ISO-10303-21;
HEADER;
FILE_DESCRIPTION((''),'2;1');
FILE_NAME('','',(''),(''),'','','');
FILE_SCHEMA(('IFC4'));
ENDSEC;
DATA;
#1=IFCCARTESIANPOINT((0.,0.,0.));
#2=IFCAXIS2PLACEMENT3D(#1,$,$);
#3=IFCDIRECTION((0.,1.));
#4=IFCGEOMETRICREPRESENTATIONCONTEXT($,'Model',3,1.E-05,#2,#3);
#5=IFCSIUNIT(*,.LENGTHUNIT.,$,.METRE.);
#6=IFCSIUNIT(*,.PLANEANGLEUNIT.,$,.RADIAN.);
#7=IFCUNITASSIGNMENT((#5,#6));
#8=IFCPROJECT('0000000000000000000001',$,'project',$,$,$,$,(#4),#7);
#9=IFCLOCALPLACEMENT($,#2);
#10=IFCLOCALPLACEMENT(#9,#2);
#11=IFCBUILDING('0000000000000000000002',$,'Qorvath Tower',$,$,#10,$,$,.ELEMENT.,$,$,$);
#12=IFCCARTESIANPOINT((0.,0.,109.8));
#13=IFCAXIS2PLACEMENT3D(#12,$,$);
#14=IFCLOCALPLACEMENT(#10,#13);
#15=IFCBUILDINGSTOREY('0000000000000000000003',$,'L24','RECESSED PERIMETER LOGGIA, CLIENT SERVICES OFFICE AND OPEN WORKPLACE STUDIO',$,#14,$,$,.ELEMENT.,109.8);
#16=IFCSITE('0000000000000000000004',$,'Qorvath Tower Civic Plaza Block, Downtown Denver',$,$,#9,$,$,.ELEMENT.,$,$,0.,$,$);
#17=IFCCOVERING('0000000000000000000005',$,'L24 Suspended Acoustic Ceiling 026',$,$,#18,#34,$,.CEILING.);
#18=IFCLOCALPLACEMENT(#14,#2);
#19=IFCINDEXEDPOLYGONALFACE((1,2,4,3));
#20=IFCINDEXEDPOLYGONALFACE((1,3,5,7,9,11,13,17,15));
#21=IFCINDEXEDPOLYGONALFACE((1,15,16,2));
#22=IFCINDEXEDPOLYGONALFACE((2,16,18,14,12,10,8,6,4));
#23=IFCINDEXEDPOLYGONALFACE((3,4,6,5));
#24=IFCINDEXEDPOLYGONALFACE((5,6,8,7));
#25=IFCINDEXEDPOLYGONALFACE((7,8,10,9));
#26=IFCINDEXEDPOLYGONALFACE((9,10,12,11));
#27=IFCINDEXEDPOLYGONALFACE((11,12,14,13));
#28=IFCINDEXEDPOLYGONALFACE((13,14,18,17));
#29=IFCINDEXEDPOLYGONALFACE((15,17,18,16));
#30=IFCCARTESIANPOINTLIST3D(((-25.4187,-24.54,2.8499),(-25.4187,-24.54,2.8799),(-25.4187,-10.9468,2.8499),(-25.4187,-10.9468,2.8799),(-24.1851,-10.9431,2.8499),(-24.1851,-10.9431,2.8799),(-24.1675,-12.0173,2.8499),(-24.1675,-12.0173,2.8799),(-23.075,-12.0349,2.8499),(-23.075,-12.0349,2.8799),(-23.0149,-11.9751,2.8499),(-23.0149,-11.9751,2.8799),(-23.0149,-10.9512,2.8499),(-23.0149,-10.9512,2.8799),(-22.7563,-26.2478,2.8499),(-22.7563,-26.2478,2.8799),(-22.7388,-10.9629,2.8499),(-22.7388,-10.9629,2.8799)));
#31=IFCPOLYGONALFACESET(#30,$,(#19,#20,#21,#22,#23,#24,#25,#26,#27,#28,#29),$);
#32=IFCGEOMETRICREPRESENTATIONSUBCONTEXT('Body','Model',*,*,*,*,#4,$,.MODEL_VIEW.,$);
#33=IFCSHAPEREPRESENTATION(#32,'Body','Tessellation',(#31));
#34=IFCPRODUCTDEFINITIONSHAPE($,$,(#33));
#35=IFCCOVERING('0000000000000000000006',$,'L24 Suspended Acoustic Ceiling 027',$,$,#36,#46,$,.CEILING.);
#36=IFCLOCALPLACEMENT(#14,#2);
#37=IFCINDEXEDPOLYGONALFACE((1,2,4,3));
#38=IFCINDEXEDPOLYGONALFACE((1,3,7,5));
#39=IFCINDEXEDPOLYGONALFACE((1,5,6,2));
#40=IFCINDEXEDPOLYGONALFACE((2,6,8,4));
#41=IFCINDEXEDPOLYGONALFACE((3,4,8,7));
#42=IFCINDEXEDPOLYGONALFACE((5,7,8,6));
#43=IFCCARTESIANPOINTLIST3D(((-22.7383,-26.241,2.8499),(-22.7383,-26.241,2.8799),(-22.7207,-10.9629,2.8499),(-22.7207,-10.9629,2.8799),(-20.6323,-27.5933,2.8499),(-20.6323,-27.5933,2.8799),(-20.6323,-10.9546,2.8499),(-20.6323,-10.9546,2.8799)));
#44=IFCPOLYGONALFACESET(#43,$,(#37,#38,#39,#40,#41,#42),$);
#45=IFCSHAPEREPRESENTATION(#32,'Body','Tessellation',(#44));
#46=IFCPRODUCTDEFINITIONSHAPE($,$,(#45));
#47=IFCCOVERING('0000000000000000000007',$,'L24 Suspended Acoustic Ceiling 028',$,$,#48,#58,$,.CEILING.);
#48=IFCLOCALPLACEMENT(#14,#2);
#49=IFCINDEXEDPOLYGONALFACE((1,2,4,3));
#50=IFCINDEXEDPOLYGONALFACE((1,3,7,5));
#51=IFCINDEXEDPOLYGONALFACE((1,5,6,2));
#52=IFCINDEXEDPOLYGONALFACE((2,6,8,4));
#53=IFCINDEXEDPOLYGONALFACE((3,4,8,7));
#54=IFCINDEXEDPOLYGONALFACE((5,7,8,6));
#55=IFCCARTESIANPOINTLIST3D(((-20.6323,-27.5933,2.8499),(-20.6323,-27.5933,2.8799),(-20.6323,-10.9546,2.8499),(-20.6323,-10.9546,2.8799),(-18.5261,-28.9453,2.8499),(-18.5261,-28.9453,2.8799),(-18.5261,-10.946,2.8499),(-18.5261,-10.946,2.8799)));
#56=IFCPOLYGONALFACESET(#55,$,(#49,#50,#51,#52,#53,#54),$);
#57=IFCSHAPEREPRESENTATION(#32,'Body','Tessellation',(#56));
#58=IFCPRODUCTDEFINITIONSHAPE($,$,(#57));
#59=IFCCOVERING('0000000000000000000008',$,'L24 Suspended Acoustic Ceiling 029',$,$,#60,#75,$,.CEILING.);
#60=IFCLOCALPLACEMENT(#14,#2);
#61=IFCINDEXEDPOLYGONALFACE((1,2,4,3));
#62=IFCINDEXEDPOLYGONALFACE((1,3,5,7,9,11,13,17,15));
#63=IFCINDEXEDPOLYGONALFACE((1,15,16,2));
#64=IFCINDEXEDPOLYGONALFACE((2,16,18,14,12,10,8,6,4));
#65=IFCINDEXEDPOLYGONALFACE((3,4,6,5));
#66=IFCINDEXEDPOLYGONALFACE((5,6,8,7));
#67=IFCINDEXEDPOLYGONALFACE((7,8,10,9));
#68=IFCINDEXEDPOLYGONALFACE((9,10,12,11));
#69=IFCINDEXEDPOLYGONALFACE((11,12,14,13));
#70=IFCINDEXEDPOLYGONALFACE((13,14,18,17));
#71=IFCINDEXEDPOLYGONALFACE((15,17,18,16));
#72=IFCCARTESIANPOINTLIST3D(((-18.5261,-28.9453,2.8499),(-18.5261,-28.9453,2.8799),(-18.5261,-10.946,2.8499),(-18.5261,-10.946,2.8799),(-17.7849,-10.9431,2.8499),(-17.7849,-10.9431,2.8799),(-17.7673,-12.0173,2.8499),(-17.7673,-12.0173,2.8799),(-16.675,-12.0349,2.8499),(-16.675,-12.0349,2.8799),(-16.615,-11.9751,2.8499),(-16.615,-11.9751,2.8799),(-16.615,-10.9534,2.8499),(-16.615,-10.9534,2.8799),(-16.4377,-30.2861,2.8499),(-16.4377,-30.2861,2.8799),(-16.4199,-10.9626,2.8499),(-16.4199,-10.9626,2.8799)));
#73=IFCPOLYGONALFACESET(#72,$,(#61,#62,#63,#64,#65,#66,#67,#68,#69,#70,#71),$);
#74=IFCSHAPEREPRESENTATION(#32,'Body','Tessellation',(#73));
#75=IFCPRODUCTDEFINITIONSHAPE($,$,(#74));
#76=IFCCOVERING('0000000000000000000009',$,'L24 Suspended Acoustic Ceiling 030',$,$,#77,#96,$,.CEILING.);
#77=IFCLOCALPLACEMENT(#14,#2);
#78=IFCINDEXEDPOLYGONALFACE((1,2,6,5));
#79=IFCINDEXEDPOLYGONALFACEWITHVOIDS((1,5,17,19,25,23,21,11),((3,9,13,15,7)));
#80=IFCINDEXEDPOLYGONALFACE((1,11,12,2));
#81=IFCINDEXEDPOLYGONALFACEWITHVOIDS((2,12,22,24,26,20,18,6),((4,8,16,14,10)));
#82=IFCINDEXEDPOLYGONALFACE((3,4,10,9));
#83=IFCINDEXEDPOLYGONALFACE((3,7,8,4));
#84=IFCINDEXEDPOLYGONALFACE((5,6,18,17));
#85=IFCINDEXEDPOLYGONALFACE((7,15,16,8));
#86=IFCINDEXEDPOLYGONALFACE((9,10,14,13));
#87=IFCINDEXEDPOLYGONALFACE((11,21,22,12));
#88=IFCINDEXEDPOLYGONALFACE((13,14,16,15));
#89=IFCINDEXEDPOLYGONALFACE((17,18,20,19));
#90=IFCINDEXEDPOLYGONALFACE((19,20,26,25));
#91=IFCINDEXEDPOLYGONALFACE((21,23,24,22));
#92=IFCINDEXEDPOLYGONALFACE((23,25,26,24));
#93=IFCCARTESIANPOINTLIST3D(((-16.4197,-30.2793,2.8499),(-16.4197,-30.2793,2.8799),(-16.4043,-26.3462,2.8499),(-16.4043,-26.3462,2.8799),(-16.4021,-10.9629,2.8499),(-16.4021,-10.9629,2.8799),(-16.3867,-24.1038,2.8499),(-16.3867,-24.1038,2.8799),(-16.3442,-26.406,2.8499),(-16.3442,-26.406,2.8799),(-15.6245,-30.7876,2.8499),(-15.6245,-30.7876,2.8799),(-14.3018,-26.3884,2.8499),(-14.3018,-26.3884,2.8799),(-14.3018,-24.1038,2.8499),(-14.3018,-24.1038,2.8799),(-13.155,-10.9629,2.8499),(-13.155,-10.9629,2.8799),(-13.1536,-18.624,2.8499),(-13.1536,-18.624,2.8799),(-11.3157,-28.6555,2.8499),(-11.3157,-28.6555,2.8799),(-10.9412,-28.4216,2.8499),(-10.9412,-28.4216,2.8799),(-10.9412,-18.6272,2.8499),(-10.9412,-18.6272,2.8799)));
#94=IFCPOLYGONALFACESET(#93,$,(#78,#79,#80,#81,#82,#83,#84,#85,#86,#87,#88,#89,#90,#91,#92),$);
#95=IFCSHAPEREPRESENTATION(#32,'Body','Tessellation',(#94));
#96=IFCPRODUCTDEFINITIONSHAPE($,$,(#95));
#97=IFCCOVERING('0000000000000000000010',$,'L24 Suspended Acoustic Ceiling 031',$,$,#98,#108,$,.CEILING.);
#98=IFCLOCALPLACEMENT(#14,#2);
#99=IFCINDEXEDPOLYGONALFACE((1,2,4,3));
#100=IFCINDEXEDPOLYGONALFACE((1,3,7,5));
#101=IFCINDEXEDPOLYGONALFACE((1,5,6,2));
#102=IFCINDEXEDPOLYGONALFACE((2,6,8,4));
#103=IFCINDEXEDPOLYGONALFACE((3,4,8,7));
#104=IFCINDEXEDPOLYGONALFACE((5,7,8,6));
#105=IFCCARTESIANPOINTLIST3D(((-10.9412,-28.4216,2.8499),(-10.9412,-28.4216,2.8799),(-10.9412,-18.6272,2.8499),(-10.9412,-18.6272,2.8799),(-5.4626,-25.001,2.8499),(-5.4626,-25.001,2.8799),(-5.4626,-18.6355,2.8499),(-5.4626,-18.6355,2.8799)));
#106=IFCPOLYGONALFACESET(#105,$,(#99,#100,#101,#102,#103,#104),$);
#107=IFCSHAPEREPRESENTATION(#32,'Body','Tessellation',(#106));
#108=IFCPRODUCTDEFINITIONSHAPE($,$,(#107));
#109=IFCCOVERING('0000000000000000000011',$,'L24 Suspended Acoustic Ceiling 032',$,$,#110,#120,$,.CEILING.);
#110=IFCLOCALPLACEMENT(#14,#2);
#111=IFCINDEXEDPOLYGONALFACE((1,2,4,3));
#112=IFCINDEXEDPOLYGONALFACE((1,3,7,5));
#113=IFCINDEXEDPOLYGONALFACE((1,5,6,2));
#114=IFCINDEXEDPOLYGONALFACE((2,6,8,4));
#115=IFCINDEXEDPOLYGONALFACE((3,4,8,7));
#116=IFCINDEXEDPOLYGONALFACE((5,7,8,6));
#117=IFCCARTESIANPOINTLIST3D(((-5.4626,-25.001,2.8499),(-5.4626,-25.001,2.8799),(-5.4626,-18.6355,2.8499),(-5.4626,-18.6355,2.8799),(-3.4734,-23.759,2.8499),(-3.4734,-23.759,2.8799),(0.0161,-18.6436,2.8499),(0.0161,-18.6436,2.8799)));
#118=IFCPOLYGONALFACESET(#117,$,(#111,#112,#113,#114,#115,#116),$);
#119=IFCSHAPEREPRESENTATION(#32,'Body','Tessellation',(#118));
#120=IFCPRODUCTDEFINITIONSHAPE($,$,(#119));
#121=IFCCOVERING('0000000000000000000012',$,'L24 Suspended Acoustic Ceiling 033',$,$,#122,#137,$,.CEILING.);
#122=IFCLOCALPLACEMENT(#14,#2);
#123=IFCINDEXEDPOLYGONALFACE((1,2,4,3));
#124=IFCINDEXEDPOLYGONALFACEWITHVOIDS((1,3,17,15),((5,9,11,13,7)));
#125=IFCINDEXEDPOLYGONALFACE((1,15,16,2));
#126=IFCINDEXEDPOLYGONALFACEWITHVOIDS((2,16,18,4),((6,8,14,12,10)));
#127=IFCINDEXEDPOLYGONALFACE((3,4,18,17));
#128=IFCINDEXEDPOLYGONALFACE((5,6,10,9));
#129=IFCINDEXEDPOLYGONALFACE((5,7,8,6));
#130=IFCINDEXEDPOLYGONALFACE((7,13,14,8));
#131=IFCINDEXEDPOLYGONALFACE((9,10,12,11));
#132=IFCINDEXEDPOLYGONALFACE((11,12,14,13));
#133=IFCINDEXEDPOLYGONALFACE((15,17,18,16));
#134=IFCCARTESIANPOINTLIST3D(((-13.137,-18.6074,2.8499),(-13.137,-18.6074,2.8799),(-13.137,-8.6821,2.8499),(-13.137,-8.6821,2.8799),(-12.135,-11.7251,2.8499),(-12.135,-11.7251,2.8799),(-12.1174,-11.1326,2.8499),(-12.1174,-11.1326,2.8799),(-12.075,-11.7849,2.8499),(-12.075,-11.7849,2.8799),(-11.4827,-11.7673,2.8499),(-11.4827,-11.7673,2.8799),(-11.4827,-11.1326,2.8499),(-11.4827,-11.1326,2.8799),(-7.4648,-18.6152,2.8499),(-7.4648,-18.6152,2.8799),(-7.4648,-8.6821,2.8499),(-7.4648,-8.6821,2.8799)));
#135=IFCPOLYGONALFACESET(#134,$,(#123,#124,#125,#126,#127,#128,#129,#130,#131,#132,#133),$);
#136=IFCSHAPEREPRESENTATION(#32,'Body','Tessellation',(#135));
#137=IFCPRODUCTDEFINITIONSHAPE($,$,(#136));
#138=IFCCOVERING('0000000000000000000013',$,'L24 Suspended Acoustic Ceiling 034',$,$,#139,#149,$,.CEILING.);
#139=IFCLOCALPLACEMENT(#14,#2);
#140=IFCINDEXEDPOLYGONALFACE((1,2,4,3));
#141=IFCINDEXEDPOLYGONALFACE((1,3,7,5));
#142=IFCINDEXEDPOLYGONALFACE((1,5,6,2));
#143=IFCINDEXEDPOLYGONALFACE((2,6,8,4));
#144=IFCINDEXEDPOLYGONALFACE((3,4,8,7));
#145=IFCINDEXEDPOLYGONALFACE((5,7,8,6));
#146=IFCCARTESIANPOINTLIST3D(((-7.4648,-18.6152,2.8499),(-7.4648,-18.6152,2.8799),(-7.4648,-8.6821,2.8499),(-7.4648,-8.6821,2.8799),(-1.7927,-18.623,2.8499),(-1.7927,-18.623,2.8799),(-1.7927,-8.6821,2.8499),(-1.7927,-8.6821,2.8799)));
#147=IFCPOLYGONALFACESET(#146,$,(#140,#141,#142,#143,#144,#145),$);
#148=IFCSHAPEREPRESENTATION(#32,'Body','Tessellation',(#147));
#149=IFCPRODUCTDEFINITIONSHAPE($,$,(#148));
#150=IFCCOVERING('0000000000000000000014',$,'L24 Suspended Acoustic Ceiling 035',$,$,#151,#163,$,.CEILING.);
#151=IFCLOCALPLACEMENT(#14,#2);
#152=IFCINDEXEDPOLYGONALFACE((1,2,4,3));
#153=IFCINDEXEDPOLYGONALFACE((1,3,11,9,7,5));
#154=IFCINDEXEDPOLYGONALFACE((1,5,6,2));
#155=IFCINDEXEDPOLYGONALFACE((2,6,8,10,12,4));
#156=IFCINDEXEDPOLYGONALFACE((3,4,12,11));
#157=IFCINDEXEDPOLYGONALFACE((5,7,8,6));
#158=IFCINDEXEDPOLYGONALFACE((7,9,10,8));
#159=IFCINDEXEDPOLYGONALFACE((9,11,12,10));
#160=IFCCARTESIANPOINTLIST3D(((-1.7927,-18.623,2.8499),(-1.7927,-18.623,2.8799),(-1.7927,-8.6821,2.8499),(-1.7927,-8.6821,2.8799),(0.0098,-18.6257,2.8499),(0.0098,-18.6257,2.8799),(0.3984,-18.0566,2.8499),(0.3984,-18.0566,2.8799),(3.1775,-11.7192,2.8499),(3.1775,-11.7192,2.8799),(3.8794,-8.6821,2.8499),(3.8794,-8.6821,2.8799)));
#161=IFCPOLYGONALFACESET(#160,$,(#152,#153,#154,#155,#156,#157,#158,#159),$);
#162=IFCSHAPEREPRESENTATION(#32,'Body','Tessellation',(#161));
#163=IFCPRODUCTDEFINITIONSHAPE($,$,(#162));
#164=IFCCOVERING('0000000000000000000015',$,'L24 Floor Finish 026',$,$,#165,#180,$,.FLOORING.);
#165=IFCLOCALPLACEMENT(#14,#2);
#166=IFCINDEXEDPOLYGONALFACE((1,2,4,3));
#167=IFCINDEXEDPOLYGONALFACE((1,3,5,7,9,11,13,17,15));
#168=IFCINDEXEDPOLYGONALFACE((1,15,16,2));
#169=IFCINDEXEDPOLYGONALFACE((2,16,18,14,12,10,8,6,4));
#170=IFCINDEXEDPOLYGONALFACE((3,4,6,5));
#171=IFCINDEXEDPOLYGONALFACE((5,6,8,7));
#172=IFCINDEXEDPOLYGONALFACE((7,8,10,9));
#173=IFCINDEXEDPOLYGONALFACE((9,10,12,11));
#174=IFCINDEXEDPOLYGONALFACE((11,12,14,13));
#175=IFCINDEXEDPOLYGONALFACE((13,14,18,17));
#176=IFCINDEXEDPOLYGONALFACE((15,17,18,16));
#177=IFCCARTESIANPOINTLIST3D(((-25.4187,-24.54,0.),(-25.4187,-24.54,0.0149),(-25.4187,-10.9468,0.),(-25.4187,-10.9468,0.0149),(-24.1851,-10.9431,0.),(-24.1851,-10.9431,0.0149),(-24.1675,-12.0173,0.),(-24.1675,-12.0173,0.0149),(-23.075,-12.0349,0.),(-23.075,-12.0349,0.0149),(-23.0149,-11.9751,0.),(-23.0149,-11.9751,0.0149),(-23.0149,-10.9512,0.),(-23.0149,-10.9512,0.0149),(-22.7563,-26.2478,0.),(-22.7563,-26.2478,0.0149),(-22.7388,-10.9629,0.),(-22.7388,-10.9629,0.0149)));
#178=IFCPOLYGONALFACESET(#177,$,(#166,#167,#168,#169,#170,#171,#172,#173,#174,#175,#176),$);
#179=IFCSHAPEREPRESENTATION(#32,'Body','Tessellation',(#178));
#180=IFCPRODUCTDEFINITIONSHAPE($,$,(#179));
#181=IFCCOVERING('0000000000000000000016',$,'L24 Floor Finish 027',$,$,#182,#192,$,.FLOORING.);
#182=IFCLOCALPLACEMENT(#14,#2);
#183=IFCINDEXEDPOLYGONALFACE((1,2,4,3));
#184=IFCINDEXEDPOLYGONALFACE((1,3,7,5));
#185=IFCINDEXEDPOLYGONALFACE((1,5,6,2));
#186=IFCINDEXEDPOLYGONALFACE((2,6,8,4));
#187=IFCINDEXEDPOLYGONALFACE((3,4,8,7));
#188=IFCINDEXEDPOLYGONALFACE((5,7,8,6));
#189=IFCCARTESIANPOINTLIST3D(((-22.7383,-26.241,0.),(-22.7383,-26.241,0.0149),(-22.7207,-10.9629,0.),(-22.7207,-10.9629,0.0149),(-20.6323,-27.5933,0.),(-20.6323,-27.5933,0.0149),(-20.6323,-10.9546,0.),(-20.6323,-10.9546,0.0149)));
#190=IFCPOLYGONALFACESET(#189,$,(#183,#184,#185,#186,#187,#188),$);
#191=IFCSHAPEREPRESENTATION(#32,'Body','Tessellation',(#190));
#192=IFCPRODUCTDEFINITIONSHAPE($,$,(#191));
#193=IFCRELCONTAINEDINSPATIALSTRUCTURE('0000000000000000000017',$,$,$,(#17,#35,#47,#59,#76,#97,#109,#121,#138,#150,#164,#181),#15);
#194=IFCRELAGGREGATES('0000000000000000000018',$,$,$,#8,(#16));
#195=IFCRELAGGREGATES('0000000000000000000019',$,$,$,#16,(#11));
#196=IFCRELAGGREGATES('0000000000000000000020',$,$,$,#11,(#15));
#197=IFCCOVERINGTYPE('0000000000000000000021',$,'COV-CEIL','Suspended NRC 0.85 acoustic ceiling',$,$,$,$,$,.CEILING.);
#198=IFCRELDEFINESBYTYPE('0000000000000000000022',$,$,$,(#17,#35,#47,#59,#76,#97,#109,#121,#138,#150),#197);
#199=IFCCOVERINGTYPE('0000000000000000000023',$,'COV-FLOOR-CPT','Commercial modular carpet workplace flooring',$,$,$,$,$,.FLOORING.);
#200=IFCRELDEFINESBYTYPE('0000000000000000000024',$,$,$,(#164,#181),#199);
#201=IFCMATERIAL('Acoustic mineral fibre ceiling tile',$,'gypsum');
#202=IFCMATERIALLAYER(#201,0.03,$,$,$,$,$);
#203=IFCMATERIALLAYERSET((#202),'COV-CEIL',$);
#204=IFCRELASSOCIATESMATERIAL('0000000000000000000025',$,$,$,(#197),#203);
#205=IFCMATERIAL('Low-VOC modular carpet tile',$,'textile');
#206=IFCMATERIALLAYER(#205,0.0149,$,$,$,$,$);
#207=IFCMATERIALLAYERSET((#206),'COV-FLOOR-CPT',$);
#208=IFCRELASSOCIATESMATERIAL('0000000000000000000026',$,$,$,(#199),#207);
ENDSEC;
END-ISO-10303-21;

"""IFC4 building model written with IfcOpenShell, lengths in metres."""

from ifc_helpers import new_model, si_unit, direction, frame, origin, place, context, subcontext, project, spatial, polyline, outline, extrude, material, layer, layer_set, type_object, element, save


model = new_model("IFC4")

# Units and contexts
model_context = context("Model", 3, precision=1e-05, world=origin(), true_north=direction((0.0, 1.0)))
body_context = subcontext(model_context, "Body", "Model", "MODEL_VIEW")
ifc_project = project(units=[si_unit("LENGTHUNIT", "METRE"), si_unit("PLANEANGLEUNIT", "RADIAN")], contexts=[model_context])

# Site, building, storey
site_placement = place(None, origin())
site = spatial("IfcSite", under=ifc_project, at=site_placement, Name="Qorvath Tower Civic Plaza Block, Downtown Denver", CompositionType="ELEMENT", RefElevation=0.0)
building_placement = place(site_placement, origin())
building = spatial("IfcBuilding", under=site, at=building_placement, Name="Qorvath Tower", CompositionType="ELEMENT")
storey_placement = place(building_placement, frame((0.0, 0.0, 109.8)))
storey = spatial("IfcBuildingStorey", under=building, at=storey_placement, Name="L24", Description="RECESSED PERIMETER LOGGIA, CLIENT SERVICES OFFICE AND OPEN WORKPLACE STUDIO", CompositionType="ELEMENT", Elevation=109.8)

# Coverings
ifc_material_1 = material(Name="Acoustic mineral fibre ceiling tile", Category="gypsum")
ifc_layer_1 = layer(ifc_material_1, 0.03)
ifc_layer_set_1 = layer_set([ifc_layer_1], Name="COV-CEIL")
covering_type_1 = type_object("IfcCoveringType", Name="COV-CEIL", Description="Suspended NRC 0.85 acoustic ceiling", PredefinedType="CEILING", material=ifc_layer_set_1)
covering_1_placement = place(storey_placement, frame((0.0, 0.0, 2.8499)))
element("IfcCovering", 1, at=covering_1_placement, inside=storey, type_object=covering_type_1, Name="L24 Suspended Acoustic Ceiling 026", PredefinedType="CEILING", context=body_context, shape_type="SweptSolid", body=[
    extrude(outline(polyline([(-22.7563, -26.2478), (-22.7388, -10.9629), (-23.0149, -10.9512), (-23.0149, -11.9751), (-23.075, -12.0349), (-24.1675, -12.0173), (-24.1851, -10.9431), (-25.4187, -10.9468), (-25.4187, -24.54), (-22.7563, -26.2478)])), origin(), (0.0, 0.0, 1.0), 0.03),
])
covering_2_placement = place(storey_placement, frame((0.0, 0.0, 2.8499)))
element("IfcCovering", 2, at=covering_2_placement, inside=storey, type_object=covering_type_1, Name="L24 Suspended Acoustic Ceiling 027", PredefinedType="CEILING", context=body_context, shape_type="SweptSolid", body=[
    extrude(outline(polyline([(-20.6323, -27.5933), (-20.6323, -10.9546), (-22.7207, -10.9629), (-22.7383, -26.241), (-20.6323, -27.5933)])), origin(), (0.0, 0.0, 1.0), 0.03),
])
covering_3_placement = place(storey_placement, frame((0.0, 0.0, 2.8499)))
element("IfcCovering", 3, at=covering_3_placement, inside=storey, type_object=covering_type_1, Name="L24 Suspended Acoustic Ceiling 028", PredefinedType="CEILING", context=body_context, shape_type="SweptSolid", body=[
    extrude(outline(polyline([(-18.5261, -28.9453), (-18.5261, -10.946), (-20.6323, -10.9546), (-20.6323, -27.5933), (-18.5261, -28.9453)])), origin(), (0.0, 0.0, 1.0), 0.03),
])
covering_4_placement = place(storey_placement, frame((0.0, 0.0, 2.8499)))
element("IfcCovering", 4, at=covering_4_placement, inside=storey, type_object=covering_type_1, Name="L24 Suspended Acoustic Ceiling 029", PredefinedType="CEILING", context=body_context, shape_type="SweptSolid", body=[
    extrude(outline(polyline([(-16.4377, -30.2861), (-16.4199, -10.9626), (-16.615, -10.9534), (-16.615, -11.9751), (-16.675, -12.0349), (-17.7673, -12.0173), (-17.7849, -10.9431), (-18.5261, -10.946), (-18.5261, -28.9453), (-16.4377, -30.2861)])), origin(), (0.0, 0.0, 1.0), 0.03),
])
covering_5_placement = place(storey_placement, frame((0.0, 0.0, 2.8499)))
element("IfcCovering", 5, at=covering_5_placement, inside=storey, type_object=covering_type_1, Name="L24 Suspended Acoustic Ceiling 030", PredefinedType="CEILING", context=body_context, shape_type="SweptSolid", body=[
    extrude(outline(polyline([(-16.4197, -30.2793), (-15.6245, -30.7876), (-11.3157, -28.6555), (-10.9412, -28.4216), (-10.9412, -18.6272), (-13.1536, -18.624), (-13.155, -10.9629), (-16.4021, -10.9629), (-16.4197, -30.2793)]), holes=[polyline([(-16.4043, -26.3462), (-16.3867, -24.1038), (-14.3018, -24.1038), (-14.3018, -26.3884), (-16.3442, -26.406), (-16.4043, -26.3462)])]), origin(), (0.0, 0.0, 1.0), 0.03),
])
covering_6_placement = place(storey_placement, frame((0.0, 0.0, 2.8499)))
element("IfcCovering", 6, at=covering_6_placement, inside=storey, type_object=covering_type_1, Name="L24 Suspended Acoustic Ceiling 031", PredefinedType="CEILING", context=body_context, shape_type="SweptSolid", body=[
    extrude(outline(polyline([(-10.9412, -18.6272), (-10.9412, -28.4216), (-5.4626, -25.001), (-5.4626, -18.6355), (-10.9412, -18.6272)])), origin(), (0.0, 0.0, 1.0), 0.03),
])
covering_7_placement = place(storey_placement, frame((0.0, 0.0, 2.8499)))
element("IfcCovering", 7, at=covering_7_placement, inside=storey, type_object=covering_type_1, Name="L24 Suspended Acoustic Ceiling 032", PredefinedType="CEILING", context=body_context, shape_type="SweptSolid", body=[
    extrude(outline(polyline([(-5.4626, -18.6355), (-5.4626, -25.001), (-3.4734, -23.759), (0.0161, -18.6436), (-5.4626, -18.6355)])), origin(), (0.0, 0.0, 1.0), 0.03),
])
covering_8_placement = place(storey_placement, frame((0.0, 0.0, 2.8499)))
element("IfcCovering", 8, at=covering_8_placement, inside=storey, type_object=covering_type_1, Name="L24 Suspended Acoustic Ceiling 033", PredefinedType="CEILING", context=body_context, shape_type="SweptSolid", body=[
    extrude(outline(polyline([(-13.137, -18.6074), (-7.4648, -18.6152), (-7.4648, -8.6821), (-13.137, -8.6821), (-13.137, -18.6074)]), holes=[polyline([(-12.135, -11.7251), (-12.1174, -11.1326), (-11.4827, -11.1326), (-11.4827, -11.7673), (-12.075, -11.7849), (-12.135, -11.7251)])]), origin(), (0.0, 0.0, 1.0), 0.03),
])
covering_9_placement = place(storey_placement, frame((0.0, 0.0, 2.8499)))
element("IfcCovering", 9, at=covering_9_placement, inside=storey, type_object=covering_type_1, Name="L24 Suspended Acoustic Ceiling 034", PredefinedType="CEILING", context=body_context, shape_type="SweptSolid", body=[
    extrude(outline(polyline([(-7.4648, -8.6821), (-7.4648, -18.6152), (-1.7927, -18.623), (-1.7927, -8.6821), (-7.4648, -8.6821)])), origin(), (0.0, 0.0, 1.0), 0.03),
])
covering_10_placement = place(storey_placement, frame((0.0, 0.0, 2.8499)))
element("IfcCovering", 10, at=covering_10_placement, inside=storey, type_object=covering_type_1, Name="L24 Suspended Acoustic Ceiling 035", PredefinedType="CEILING", context=body_context, shape_type="SweptSolid", body=[
    extrude(outline(polyline([(-1.7927, -8.6821), (-1.7927, -18.623), (0.0098, -18.6257), (0.3984, -18.0566), (3.1775, -11.7192), (3.8794, -8.6821), (-1.7927, -8.6821)])), origin(), (0.0, 0.0, 1.0), 0.03),
])
ifc_material_2 = material(Name="Low-VOC modular carpet tile", Category="textile")
ifc_layer_2 = layer(ifc_material_2, 0.0149)
ifc_layer_set_2 = layer_set([ifc_layer_2], Name="COV-FLOOR-CPT")
covering_type_2 = type_object("IfcCoveringType", Name="COV-FLOOR-CPT", Description="Commercial modular carpet workplace flooring", PredefinedType="FLOORING", material=ifc_layer_set_2)
covering_11_placement = place(storey_placement, origin())
element("IfcCovering", 11, at=covering_11_placement, inside=storey, type_object=covering_type_2, Name="L24 Floor Finish 026", PredefinedType="FLOORING", context=body_context, shape_type="SweptSolid", body=[
    extrude(outline(polyline([(-22.7563, -26.2478), (-22.7388, -10.9629), (-23.0149, -10.9512), (-23.0149, -11.9751), (-23.075, -12.0349), (-24.1675, -12.0173), (-24.1851, -10.9431), (-25.4187, -10.9468), (-25.4187, -24.54), (-22.7563, -26.2478)])), origin(), (0.0, 0.0, 1.0), 0.0149),
])
covering_12_placement = place(storey_placement, origin())
element("IfcCovering", 12, at=covering_12_placement, inside=storey, type_object=covering_type_2, Name="L24 Floor Finish 027", PredefinedType="FLOORING", context=body_context, shape_type="SweptSolid", body=[
    extrude(outline(polyline([(-20.6323, -27.5933), (-20.6323, -10.9546), (-22.7207, -10.9629), (-22.7383, -26.241), (-20.6323, -27.5933)])), origin(), (0.0, 0.0, 1.0), 0.0149),
])

save(model, "model.ifc")
